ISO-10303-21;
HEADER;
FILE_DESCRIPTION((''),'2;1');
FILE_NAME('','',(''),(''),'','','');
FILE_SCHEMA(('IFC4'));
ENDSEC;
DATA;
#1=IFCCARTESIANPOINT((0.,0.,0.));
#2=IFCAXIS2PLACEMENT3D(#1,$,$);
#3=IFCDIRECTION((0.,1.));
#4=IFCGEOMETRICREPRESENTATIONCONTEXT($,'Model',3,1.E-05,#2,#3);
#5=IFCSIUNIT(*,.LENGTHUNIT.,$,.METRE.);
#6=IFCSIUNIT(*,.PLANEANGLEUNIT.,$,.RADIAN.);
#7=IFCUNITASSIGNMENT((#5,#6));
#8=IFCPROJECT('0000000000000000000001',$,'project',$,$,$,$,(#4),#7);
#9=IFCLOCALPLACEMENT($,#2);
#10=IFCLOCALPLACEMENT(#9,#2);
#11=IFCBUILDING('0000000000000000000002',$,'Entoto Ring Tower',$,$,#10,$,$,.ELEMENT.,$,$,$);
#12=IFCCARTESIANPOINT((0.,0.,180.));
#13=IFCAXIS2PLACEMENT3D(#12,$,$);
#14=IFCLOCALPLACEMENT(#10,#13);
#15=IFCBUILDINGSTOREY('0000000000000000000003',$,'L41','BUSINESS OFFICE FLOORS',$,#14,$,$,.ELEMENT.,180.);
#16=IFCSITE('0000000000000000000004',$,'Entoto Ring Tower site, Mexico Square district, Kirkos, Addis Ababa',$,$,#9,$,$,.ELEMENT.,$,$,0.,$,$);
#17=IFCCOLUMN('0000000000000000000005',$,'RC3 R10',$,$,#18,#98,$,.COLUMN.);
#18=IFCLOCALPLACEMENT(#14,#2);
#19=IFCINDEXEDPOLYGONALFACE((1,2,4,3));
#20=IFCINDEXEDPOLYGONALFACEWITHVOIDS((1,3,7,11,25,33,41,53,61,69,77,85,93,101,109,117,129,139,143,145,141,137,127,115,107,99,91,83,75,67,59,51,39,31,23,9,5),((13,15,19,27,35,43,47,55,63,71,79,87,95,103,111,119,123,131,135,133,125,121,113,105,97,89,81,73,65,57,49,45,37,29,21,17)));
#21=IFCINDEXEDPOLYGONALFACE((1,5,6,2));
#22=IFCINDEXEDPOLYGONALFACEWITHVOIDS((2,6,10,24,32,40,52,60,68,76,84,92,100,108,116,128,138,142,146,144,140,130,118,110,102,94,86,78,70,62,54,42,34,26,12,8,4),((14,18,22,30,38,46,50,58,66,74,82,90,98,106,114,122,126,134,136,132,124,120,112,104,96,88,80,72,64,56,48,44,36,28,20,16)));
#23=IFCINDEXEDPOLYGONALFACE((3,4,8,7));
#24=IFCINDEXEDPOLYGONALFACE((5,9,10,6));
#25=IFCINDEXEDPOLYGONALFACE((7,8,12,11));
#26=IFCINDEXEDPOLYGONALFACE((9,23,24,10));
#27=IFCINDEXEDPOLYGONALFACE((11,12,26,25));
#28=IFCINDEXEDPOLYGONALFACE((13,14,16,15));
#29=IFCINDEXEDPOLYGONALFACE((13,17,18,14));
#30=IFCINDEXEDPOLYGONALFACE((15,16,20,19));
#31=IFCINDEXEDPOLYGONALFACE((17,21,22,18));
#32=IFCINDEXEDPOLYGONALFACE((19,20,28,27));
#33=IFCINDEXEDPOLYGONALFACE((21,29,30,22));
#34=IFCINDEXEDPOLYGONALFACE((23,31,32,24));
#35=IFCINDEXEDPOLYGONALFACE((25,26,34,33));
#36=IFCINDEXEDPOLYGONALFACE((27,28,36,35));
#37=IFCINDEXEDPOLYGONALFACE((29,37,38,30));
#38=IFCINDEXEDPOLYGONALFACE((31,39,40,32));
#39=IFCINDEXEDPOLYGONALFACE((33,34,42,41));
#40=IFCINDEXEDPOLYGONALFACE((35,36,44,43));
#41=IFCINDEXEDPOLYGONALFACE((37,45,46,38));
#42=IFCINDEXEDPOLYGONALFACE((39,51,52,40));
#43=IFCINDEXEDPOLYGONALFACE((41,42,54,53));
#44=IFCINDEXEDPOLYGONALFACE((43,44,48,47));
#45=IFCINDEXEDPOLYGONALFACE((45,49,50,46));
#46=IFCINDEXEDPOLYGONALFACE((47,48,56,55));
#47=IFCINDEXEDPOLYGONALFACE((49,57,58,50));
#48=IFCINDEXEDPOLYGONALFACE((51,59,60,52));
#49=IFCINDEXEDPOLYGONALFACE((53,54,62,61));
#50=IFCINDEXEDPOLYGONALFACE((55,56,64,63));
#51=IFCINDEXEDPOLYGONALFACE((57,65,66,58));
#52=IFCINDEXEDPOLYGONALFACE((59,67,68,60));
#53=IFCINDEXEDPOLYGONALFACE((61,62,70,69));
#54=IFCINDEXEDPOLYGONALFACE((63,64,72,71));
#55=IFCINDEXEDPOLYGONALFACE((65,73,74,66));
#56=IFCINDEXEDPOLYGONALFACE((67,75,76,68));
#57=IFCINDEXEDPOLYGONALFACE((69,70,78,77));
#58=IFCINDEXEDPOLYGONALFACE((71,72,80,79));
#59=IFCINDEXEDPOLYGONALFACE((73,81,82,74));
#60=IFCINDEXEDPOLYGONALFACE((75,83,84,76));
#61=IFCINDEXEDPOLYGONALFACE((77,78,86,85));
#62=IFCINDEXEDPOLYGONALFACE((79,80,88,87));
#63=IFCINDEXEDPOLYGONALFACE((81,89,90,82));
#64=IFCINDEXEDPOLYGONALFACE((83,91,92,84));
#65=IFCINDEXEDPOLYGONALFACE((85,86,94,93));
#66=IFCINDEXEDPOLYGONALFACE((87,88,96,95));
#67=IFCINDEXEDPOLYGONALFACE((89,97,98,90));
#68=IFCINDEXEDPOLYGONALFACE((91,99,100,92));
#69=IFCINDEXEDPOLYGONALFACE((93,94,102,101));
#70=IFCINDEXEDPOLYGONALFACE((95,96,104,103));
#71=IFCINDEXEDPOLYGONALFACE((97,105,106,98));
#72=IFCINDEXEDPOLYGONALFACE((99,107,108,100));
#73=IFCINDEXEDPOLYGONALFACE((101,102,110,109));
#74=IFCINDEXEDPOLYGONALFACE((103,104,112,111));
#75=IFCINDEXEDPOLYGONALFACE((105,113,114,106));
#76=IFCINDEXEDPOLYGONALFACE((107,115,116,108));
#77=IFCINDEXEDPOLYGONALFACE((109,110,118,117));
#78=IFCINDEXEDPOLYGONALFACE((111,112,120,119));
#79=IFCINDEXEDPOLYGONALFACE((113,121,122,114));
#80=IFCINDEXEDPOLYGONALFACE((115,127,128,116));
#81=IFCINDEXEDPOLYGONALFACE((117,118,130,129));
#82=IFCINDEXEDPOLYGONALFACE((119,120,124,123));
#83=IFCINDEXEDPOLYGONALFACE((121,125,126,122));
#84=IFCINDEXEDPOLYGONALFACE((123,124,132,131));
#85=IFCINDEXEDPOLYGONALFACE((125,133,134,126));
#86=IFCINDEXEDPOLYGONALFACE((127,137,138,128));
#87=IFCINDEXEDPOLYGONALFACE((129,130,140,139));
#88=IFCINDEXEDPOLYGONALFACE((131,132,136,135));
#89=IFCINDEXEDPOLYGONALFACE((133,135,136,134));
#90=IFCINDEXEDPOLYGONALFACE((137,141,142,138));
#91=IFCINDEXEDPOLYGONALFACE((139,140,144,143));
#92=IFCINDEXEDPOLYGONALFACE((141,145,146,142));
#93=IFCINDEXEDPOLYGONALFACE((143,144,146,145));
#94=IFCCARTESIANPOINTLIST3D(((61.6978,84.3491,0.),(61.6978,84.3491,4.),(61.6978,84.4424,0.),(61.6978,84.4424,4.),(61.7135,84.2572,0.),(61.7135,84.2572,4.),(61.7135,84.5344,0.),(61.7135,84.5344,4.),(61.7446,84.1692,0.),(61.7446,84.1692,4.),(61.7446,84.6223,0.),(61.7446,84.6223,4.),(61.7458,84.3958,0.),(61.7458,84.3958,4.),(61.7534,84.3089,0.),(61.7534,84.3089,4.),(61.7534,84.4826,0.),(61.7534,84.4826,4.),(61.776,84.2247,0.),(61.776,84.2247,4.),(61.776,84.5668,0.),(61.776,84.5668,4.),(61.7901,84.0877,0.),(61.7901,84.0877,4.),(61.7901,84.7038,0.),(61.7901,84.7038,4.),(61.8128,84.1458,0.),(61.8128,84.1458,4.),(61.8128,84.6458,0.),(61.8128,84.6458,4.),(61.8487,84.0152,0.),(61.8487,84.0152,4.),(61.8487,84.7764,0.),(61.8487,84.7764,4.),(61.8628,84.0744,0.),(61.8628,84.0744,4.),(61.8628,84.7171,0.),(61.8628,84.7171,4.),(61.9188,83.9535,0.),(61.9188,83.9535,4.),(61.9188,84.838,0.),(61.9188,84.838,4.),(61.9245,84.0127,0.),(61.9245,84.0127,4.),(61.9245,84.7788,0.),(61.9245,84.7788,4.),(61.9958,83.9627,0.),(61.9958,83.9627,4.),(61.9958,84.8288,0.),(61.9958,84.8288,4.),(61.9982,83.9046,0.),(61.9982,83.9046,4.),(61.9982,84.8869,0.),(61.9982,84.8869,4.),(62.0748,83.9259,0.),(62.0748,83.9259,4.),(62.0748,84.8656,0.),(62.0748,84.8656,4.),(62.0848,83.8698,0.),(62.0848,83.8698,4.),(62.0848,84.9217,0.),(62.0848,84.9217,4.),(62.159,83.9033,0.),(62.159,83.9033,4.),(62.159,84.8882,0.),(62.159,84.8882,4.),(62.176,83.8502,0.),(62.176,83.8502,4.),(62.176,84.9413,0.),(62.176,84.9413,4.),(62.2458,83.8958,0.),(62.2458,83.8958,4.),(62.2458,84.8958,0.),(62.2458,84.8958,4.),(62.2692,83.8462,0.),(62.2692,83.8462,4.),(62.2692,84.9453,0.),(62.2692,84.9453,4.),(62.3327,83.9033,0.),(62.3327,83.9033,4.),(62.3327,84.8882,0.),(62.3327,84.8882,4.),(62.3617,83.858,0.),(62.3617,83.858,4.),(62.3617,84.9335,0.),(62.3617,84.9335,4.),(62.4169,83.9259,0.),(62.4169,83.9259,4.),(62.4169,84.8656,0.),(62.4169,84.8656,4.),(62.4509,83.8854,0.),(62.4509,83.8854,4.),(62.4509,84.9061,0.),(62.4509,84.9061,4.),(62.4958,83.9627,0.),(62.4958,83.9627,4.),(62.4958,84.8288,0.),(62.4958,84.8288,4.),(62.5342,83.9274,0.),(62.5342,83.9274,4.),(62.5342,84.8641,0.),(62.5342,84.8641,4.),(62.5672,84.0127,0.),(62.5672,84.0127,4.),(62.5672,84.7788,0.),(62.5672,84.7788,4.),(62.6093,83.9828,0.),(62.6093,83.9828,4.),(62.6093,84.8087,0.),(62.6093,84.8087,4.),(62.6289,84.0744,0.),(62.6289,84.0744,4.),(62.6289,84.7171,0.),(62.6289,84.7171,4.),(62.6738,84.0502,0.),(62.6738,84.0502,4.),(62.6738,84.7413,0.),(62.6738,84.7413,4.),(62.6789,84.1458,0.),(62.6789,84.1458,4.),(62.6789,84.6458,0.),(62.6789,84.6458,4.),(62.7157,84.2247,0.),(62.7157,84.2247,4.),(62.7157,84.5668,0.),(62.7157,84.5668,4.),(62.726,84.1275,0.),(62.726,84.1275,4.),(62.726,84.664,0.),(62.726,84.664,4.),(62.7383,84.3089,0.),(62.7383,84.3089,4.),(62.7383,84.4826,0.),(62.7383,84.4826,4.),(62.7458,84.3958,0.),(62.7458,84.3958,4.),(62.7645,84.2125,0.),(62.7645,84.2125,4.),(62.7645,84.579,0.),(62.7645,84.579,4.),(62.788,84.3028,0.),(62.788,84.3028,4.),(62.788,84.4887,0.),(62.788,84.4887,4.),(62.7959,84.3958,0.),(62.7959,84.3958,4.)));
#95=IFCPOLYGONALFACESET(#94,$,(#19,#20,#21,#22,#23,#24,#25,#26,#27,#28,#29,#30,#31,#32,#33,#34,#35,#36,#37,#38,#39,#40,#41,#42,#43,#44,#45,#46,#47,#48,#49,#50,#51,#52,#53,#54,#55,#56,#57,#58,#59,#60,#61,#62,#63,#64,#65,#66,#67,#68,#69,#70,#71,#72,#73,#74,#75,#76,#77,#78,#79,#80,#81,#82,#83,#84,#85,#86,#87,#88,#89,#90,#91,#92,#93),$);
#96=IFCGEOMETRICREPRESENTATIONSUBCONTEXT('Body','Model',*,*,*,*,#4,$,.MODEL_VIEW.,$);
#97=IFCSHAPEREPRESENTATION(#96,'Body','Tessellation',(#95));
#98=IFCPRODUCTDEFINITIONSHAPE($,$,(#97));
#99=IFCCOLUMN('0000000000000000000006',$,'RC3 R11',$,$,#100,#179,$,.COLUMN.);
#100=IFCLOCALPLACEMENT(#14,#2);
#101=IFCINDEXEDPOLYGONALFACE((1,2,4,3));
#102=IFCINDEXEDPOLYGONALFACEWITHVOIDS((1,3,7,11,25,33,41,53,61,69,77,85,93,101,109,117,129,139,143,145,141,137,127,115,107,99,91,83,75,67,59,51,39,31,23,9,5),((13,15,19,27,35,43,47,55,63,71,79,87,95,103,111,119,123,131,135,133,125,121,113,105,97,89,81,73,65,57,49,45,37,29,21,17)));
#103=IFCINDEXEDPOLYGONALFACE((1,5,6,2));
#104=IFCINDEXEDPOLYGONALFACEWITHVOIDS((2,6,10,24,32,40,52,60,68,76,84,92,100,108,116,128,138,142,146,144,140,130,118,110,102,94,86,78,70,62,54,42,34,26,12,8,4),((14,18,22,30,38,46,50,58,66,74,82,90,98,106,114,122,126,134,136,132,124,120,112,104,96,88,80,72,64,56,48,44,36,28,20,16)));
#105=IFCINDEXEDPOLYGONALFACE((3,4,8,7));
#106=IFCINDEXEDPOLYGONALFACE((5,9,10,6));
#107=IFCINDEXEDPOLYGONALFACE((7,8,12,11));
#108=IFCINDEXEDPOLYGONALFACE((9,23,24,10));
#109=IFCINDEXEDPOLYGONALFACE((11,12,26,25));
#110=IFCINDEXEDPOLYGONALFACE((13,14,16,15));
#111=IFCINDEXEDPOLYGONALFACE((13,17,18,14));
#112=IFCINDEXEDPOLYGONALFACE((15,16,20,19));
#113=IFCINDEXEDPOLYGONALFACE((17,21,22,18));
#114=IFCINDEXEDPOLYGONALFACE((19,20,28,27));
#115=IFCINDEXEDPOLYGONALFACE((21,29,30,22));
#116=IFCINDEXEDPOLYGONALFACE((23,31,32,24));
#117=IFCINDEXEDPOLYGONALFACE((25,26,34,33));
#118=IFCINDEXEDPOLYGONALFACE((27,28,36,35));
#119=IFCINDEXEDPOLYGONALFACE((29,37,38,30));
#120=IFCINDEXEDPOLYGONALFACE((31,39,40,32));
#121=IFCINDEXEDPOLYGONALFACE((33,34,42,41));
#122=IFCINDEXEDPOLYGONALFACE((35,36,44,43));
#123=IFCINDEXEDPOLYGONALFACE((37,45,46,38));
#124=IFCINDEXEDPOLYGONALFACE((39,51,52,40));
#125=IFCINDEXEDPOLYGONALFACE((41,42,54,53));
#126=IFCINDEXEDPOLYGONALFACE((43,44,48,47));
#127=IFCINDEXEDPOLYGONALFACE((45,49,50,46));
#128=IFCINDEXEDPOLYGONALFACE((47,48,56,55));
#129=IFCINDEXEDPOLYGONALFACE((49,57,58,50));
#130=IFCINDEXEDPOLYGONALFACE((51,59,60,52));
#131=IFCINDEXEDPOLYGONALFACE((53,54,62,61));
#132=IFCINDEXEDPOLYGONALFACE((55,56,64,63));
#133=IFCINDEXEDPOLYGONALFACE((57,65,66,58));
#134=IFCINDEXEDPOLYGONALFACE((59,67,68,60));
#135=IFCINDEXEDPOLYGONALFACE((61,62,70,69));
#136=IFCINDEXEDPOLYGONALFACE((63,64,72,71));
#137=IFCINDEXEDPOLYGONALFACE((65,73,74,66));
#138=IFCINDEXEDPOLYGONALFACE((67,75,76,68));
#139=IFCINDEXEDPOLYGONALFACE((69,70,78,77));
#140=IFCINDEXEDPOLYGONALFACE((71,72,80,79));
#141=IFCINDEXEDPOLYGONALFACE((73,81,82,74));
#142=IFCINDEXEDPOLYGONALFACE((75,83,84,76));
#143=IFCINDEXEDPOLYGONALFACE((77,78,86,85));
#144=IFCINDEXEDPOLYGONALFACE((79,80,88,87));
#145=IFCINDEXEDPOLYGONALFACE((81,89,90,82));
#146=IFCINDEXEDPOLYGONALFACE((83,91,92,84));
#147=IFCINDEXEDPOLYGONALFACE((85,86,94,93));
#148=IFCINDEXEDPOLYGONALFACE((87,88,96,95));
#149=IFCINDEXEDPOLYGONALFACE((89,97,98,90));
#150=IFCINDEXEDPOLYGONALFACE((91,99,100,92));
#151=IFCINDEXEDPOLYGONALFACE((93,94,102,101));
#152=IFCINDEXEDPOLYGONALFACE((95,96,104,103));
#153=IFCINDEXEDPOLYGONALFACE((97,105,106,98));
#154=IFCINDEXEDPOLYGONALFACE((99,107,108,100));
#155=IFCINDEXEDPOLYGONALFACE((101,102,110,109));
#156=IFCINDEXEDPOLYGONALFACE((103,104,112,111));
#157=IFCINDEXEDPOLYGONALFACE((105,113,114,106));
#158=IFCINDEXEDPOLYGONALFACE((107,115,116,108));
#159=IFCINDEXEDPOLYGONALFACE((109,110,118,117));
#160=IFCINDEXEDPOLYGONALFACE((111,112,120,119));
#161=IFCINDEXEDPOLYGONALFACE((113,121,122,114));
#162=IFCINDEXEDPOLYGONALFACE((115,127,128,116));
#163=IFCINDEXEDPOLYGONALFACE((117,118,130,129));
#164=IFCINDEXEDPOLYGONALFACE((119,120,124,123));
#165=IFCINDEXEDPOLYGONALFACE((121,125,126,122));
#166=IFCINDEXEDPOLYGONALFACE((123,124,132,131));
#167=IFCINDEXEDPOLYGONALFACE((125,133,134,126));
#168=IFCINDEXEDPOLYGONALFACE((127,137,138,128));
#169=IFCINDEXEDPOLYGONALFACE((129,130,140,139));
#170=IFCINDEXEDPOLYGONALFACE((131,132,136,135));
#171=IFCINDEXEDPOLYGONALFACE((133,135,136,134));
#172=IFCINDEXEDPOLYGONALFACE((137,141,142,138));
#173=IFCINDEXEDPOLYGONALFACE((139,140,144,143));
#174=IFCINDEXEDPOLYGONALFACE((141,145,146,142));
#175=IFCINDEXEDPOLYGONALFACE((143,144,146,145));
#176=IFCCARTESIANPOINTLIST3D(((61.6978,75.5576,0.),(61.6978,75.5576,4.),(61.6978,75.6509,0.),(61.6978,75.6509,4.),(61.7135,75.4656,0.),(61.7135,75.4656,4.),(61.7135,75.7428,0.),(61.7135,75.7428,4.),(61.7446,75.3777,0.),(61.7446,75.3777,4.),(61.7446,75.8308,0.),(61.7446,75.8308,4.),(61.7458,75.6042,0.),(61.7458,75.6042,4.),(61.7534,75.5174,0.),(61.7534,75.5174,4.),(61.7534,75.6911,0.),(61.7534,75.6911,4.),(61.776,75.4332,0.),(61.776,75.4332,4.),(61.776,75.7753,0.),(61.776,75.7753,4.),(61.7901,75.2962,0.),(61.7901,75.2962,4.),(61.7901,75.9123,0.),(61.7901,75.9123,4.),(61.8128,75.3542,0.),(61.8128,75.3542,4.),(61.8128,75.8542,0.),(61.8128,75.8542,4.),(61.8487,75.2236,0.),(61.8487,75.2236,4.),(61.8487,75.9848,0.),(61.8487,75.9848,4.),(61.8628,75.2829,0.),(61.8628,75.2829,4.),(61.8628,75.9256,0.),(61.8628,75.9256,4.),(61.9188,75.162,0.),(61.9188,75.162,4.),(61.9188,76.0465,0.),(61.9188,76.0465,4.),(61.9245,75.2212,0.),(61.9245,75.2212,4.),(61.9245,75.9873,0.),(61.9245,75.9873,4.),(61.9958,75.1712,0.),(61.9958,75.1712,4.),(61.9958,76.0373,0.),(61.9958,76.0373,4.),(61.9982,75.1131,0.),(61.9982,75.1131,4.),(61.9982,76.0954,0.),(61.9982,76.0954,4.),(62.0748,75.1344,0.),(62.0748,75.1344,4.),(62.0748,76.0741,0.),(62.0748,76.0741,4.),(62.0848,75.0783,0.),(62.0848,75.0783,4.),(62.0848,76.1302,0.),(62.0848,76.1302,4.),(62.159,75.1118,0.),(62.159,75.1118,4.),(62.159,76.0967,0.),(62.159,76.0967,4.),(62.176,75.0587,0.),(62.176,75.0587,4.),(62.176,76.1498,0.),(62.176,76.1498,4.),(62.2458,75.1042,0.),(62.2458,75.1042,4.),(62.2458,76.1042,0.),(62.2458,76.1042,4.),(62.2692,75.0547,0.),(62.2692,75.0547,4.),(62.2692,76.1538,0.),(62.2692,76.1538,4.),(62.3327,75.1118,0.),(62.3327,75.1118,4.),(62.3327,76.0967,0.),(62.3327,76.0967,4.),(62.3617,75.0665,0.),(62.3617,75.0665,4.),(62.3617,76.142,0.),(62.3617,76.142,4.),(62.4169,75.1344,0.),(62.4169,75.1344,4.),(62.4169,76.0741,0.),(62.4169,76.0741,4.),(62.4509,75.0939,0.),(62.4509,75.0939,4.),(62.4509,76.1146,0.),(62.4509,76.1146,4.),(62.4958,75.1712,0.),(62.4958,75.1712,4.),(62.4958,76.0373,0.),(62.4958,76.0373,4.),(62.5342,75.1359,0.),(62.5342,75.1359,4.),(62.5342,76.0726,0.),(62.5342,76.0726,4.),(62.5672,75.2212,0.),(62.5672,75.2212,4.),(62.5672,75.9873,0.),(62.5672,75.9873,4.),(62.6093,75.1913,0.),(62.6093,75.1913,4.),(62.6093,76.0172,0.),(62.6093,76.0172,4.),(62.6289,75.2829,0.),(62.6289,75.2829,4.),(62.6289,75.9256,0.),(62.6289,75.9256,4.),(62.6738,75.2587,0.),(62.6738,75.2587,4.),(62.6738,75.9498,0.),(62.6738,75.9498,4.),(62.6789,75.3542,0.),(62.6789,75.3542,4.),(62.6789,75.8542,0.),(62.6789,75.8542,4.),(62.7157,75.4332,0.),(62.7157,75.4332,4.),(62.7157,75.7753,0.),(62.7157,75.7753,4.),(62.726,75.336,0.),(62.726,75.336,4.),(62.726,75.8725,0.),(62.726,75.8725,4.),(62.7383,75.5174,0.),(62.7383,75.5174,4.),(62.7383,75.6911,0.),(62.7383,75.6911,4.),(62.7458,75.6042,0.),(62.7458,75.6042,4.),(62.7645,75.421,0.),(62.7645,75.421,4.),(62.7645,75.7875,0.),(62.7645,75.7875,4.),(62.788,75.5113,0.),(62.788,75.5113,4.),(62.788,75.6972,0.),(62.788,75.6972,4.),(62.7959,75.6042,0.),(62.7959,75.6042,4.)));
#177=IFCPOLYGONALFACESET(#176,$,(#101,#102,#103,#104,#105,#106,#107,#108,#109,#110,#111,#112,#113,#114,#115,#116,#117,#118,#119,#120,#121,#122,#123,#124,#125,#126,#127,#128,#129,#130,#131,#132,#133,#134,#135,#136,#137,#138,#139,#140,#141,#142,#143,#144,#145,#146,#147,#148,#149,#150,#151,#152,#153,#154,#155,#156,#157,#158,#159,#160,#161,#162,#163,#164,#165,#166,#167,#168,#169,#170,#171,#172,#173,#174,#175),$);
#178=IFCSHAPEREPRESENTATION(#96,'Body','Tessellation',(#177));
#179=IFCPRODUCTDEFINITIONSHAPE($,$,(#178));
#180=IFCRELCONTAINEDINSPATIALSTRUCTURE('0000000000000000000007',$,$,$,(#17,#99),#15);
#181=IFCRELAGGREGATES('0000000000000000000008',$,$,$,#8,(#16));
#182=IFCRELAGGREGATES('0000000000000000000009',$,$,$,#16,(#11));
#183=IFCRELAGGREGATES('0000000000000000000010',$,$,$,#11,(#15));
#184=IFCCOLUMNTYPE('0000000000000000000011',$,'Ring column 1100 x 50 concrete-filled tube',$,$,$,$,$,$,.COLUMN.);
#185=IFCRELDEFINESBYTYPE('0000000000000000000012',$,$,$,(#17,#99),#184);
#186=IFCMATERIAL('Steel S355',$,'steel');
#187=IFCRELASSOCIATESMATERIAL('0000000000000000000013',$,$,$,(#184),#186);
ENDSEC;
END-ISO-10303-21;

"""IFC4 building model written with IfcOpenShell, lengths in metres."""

from ifc_helpers import new_model, si_unit, direction, frame, origin, origin_2d, place, context, subcontext, project, spatial, circle, hollow_circle, extrude, material, material_profile, profile_set, type_object, element, save


model = new_model("IFC4")

# Units and contexts
model_context = context("Model", 3, precision=1e-05, world=origin(), true_north=direction((0.0, 1.0)))
body_context = subcontext(model_context, "Body", "Model", "MODEL_VIEW")
ifc_project = project(units=[si_unit("LENGTHUNIT", "METRE"), si_unit("PLANEANGLEUNIT", "RADIAN")], contexts=[model_context])

# Site, building, storey
site_placement = place(None, origin())
site = spatial("IfcSite", under=ifc_project, at=site_placement, Name="Entoto Ring Tower site, Mexico Square district, Kirkos, Addis Ababa", CompositionType="ELEMENT", RefElevation=0.0)
building_placement = place(site_placement, origin())
building = spatial("IfcBuilding", under=site, at=building_placement, Name="Entoto Ring Tower", CompositionType="ELEMENT")
storey_placement = place(building_placement, frame((0.0, 0.0, 180.0)))
storey = spatial("IfcBuildingStorey", under=building, at=storey_placement, Name="L41", Description="BUSINESS OFFICE FLOORS", CompositionType="ELEMENT", Elevation=180.0)

# Columns
ifc_material_1 = material(Name="Steel S355", Category="steel")
ifc_material_profile_1 = material_profile(ifc_material_1, hollow_circle(Radius=0.55, WallThickness=0.05, at=origin_2d()), Name="CHS 1100 x 50")
ifc_material_2 = material(Name="Concrete C60/75", Category="concrete")
ifc_material_profile_2 = material_profile(ifc_material_2, circle(Radius=0.5, at=origin_2d()), Name="Concrete C60/75 infill")
ifc_profile_set_1 = profile_set([ifc_material_profile_1, ifc_material_profile_2], Name="Steel S355")
column_type = type_object("IfcColumnType", Name="Ring column 1100 x 50 concrete-filled tube", PredefinedType="COLUMN", material=ifc_profile_set_1)
for number, where, z_axis, x_axis, name in (
    (1, (62.2458, 84.3958, 0.0), (0.0, 0.0, 1.0), (1.0, 0.0, 0.0), "RC3 R10"),
    (2, (62.2458, 75.6042, 0.0), (0.0, 0.0, 1.0), (1.0, 0.0, 0.0), "RC3 R11"),
):
    element("IfcColumn", number, at=place(storey_placement, frame(where, z_axis=z_axis, x_axis=x_axis)), inside=storey, type_object=column_type, Name=name, PredefinedType="COLUMN", context=body_context, shape_type="SweptSolid", body=[
        extrude(hollow_circle(Radius=0.55, WallThickness=0.05, at=origin_2d()), origin(), (0.0, 0.0, 1.0), 4.0),
    ])

save(model, "model.ifc")
